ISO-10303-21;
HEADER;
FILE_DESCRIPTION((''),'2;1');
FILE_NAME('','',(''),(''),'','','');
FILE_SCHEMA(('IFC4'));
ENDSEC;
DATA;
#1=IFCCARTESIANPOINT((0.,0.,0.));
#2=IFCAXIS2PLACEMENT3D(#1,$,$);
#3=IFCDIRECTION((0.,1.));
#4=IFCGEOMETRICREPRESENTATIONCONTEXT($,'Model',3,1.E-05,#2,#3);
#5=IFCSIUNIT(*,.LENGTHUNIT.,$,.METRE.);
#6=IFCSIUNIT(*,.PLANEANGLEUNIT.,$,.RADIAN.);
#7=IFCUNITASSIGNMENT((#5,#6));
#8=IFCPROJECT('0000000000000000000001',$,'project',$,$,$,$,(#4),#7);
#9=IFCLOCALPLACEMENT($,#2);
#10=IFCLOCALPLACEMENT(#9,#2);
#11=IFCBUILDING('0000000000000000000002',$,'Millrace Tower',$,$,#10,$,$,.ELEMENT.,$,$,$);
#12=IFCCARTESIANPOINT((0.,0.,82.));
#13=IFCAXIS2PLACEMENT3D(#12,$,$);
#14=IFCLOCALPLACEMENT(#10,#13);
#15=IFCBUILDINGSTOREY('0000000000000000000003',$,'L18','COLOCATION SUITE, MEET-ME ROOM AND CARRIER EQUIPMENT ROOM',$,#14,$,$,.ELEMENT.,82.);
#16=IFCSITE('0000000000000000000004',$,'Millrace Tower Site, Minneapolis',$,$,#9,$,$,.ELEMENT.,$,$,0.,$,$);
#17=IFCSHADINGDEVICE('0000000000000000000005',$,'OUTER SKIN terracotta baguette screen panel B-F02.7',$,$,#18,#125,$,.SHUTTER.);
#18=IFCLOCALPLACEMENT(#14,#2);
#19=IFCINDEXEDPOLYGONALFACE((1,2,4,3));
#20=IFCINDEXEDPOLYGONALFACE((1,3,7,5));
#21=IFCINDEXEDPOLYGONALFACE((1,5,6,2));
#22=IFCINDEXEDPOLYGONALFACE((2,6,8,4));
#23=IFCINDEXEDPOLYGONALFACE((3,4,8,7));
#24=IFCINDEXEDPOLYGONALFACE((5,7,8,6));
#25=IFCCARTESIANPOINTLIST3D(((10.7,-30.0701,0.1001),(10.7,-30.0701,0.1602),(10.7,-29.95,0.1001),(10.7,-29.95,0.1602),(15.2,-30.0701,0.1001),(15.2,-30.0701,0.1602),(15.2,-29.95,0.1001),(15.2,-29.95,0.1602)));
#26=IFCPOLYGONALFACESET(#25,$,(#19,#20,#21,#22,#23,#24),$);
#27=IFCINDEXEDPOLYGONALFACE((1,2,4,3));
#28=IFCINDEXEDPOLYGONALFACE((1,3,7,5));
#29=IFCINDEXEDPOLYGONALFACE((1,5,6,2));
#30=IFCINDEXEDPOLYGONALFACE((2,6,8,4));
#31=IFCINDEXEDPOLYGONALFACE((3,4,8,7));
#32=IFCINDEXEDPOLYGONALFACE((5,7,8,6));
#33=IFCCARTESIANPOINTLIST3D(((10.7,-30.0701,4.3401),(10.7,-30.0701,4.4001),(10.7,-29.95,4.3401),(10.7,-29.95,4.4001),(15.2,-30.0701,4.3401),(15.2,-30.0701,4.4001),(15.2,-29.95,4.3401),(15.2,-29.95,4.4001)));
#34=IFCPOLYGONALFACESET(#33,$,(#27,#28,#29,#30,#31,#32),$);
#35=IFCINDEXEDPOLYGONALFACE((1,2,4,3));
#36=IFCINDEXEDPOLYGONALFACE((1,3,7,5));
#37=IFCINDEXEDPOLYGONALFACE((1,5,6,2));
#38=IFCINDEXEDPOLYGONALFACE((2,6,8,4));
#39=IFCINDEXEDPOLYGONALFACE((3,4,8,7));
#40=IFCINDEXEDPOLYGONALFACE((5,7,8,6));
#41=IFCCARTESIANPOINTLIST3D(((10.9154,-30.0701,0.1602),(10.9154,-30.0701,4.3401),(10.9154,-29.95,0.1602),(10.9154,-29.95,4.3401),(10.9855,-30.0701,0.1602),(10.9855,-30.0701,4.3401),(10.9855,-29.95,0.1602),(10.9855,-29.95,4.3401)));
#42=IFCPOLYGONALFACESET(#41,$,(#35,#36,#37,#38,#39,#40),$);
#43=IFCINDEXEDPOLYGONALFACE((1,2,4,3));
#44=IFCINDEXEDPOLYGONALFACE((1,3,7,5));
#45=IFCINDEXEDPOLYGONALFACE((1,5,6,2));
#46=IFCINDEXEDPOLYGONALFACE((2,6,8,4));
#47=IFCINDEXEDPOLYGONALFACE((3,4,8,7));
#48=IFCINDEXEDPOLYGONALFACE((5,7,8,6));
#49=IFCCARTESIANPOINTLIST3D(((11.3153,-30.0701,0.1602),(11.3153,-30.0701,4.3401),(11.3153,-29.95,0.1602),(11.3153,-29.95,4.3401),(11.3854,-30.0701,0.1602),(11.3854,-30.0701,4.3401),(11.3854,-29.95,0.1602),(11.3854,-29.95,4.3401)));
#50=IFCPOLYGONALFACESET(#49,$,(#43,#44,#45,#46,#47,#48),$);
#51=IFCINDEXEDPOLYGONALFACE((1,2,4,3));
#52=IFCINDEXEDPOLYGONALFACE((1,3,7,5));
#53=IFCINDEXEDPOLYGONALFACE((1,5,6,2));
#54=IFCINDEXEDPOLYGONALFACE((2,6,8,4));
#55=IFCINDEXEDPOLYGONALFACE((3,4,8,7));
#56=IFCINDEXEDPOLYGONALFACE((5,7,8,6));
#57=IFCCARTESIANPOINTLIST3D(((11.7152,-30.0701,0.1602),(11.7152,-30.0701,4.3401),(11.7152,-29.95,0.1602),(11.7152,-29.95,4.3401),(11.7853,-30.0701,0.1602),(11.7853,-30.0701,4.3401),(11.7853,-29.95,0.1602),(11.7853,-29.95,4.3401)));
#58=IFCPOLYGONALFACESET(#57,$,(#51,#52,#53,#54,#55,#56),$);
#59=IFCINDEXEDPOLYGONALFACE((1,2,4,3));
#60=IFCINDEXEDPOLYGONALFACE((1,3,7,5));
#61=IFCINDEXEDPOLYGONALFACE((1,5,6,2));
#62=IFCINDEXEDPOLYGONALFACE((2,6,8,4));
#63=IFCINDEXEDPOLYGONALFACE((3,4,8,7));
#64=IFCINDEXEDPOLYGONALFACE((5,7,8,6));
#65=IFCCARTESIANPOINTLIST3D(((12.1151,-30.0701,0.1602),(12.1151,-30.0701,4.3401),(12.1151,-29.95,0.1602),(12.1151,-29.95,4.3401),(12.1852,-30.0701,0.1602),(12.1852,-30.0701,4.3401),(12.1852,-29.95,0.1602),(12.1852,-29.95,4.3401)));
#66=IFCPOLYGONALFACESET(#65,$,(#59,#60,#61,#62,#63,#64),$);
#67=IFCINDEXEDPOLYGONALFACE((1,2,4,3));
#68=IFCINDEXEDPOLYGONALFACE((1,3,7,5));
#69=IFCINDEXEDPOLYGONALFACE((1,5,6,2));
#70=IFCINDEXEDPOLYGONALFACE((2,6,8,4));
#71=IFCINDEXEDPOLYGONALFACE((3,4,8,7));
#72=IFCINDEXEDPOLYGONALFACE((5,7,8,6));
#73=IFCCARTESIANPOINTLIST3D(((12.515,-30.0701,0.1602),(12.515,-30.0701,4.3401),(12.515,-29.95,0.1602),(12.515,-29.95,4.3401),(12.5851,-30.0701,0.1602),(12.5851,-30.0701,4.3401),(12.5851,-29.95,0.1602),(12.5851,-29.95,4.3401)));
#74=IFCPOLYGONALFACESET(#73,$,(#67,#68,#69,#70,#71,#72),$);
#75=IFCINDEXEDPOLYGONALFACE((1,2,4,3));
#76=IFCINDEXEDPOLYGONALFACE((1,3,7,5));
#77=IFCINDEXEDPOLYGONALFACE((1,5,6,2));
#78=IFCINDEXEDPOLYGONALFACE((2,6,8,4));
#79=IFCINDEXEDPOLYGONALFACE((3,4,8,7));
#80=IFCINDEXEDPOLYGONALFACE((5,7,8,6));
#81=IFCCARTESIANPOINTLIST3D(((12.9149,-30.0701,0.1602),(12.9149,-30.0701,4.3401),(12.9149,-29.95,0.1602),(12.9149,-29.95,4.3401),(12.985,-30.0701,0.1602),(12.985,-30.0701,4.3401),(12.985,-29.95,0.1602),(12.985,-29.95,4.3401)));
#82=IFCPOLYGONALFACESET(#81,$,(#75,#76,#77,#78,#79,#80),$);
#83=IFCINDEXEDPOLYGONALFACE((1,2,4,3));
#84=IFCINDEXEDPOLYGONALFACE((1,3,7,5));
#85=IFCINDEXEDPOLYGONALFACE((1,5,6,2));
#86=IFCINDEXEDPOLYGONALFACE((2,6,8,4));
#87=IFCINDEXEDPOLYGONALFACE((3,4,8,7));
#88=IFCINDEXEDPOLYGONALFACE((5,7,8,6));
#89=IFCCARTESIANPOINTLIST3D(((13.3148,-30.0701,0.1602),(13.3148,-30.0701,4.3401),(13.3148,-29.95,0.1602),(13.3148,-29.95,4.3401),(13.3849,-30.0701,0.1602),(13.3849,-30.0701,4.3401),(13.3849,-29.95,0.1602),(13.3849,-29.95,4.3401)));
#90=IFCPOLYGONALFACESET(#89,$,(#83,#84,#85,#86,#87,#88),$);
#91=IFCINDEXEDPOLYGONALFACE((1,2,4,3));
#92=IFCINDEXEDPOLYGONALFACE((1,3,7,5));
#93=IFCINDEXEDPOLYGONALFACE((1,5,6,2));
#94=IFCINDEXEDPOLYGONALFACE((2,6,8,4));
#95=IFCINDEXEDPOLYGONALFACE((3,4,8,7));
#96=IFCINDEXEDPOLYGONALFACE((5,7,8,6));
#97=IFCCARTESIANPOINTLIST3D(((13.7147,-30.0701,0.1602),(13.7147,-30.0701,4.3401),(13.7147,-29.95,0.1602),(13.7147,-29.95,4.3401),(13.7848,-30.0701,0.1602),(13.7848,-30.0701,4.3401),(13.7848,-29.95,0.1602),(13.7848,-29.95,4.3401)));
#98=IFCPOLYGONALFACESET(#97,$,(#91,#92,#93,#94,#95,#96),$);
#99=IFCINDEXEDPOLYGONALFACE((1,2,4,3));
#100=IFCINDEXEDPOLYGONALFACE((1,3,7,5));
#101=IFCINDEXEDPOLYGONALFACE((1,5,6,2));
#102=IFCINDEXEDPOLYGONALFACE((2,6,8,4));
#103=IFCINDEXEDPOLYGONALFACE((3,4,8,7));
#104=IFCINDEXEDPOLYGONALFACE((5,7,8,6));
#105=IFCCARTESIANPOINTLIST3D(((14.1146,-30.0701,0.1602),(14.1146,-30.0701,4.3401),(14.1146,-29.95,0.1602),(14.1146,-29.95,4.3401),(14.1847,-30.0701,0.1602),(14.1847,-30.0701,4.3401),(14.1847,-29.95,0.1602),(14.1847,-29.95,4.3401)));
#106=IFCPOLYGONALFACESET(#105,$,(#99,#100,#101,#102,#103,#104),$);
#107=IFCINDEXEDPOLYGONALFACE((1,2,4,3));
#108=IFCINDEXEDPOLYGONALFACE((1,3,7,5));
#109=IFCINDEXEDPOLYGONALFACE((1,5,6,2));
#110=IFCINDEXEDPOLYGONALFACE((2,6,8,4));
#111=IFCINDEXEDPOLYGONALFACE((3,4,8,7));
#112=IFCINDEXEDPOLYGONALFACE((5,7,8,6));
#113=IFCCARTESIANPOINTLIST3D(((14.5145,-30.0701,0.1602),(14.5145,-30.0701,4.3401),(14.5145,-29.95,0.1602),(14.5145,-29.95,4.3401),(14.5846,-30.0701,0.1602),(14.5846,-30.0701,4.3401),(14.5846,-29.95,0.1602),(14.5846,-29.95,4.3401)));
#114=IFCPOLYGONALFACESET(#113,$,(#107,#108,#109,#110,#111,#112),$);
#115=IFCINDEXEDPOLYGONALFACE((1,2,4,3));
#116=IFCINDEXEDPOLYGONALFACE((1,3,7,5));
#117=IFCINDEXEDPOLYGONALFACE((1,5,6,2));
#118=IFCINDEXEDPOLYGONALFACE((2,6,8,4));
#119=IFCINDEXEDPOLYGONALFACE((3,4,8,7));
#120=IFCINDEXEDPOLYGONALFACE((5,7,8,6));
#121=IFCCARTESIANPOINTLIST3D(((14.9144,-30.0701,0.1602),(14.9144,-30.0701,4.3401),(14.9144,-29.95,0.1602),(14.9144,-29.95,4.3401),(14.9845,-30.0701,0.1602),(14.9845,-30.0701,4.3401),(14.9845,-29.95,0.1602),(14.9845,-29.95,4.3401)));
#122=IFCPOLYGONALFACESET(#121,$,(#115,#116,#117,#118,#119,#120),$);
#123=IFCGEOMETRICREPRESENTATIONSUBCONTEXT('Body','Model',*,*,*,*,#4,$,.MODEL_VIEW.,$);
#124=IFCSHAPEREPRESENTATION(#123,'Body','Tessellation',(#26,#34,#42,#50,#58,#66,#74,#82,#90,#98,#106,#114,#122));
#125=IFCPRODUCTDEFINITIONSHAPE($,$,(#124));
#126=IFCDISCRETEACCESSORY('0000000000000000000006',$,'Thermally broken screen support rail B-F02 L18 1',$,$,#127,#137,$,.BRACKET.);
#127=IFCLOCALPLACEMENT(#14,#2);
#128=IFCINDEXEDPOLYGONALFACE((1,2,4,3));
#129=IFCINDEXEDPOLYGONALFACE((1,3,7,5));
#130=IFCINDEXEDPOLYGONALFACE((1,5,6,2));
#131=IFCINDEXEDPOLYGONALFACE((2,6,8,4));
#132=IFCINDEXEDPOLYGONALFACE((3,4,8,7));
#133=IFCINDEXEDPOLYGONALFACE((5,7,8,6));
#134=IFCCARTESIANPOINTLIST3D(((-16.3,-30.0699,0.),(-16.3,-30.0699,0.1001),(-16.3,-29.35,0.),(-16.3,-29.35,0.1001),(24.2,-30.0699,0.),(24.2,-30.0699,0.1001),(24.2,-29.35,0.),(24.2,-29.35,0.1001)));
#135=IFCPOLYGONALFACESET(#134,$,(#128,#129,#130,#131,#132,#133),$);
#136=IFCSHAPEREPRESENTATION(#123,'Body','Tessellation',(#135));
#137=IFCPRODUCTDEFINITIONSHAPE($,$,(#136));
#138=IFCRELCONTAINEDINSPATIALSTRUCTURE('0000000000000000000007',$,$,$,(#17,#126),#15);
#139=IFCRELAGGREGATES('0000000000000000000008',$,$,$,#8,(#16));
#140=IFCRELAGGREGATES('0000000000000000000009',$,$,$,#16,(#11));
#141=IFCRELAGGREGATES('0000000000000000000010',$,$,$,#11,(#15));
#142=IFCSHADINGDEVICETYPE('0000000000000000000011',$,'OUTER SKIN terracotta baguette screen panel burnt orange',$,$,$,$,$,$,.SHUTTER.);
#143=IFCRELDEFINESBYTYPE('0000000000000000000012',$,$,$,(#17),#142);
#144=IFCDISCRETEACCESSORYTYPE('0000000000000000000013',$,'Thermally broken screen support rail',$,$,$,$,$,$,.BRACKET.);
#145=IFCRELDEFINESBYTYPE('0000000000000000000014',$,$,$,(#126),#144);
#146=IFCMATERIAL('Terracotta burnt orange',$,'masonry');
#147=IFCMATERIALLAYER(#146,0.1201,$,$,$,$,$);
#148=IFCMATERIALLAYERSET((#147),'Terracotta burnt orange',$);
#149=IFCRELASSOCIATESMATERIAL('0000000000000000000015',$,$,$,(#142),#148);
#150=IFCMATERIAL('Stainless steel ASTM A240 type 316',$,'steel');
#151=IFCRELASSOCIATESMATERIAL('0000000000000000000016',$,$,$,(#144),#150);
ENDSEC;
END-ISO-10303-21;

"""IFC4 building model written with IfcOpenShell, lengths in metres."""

from ifc_helpers import new_model, entity, si_unit, direction, frame, frame_2d, origin, origin_2d, place, context, subcontext, project, spatial, rectangle, extrude, source, transform, mapped, material, layer, layer_set, type_object, element, save


model = new_model("IFC4")

# Units and contexts
model_context = context("Model", 3, precision=1e-05, world=origin(), true_north=direction((0.0, 1.0)))
body_context = subcontext(model_context, "Body", "Model", "MODEL_VIEW")
ifc_project = project(units=[si_unit("LENGTHUNIT", "METRE"), si_unit("PLANEANGLEUNIT", "RADIAN")], contexts=[model_context])

# Site, building, storey
site_placement = place(None, origin())
site = spatial("IfcSite", under=ifc_project, at=site_placement, Name="Millrace Tower Site, Minneapolis", CompositionType="ELEMENT", RefElevation=0.0)
building_placement = place(site_placement, origin())
building = spatial("IfcBuilding", under=site, at=building_placement, Name="Millrace Tower", CompositionType="ELEMENT")
storey_placement = place(building_placement, frame((0.0, 0.0, 82.0)))
storey = spatial("IfcBuildingStorey", under=building, at=storey_placement, Name="L18", Description="COLOCATION SUITE, MEET-ME ROOM AND CARRIER EQUIPMENT ROOM", CompositionType="ELEMENT", Elevation=82.0)

# Shading device
ifc_material_1 = material(Name="Terracotta burnt orange", Category="masonry")
ifc_layer_1 = layer(ifc_material_1, 0.1201)
ifc_layer_set_1 = layer_set([ifc_layer_1], Name="Terracotta burnt orange")
shading_device_type = type_object("IfcShadingDeviceType", Name="OUTER SKIN terracotta baguette screen panel burnt orange", PredefinedType="SHUTTER", material=ifc_layer_set_1)
cartesian_point = entity("IfcCartesianPoint", [-2.25, 0.0601])
shared_polyline = entity("IfcPolyline", [cartesian_point, entity("IfcCartesianPoint", [2.25, 0.0601]), entity("IfcCartesianPoint", [2.25, -0.0601]), entity("IfcCartesianPoint", [-2.25, -0.0601]), cartesian_point])
shared_shape = source(origin(), body_context, "Body", "SweptSolid", [
    entity("IfcExtrudedAreaSolid", entity("IfcArbitraryClosedProfileDef", "AREA", None, shared_polyline), entity("IfcAxis2Placement3D", entity("IfcCartesianPoint", [0.0, 0.0, 0.0])), entity("IfcDirection", [0.0, 0.0, 1.0]), 0.0601),
    entity("IfcExtrudedAreaSolid", entity("IfcArbitraryClosedProfileDef", "AREA", None, shared_polyline), entity("IfcAxis2Placement3D", entity("IfcCartesianPoint", [0.0, 0.0, 4.24])), entity("IfcDirection", [0.0, 0.0, 1.0]), 0.0601),
    extrude(rectangle(XDim=0.0701, YDim=0.1201, at=frame_2d((-1.9995, 0.0))), frame((0.0, 0.0, 0.0601)), (0.0, 0.0, 1.0), 4.1799),
    extrude(rectangle(XDim=0.0701, YDim=0.1201, at=frame_2d((-1.5996, 0.0))), frame((0.0, 0.0, 0.0601)), (0.0, 0.0, 1.0), 4.1799),
    extrude(rectangle(XDim=0.0701, YDim=0.1201, at=frame_2d((-1.1997, 0.0))), frame((0.0, 0.0, 0.0601)), (0.0, 0.0, 1.0), 4.1799),
    extrude(rectangle(XDim=0.0701, YDim=0.1201, at=frame_2d((-0.7998, 0.0))), frame((0.0, 0.0, 0.0601)), (0.0, 0.0, 1.0), 4.1799),
    extrude(rectangle(XDim=0.0701, YDim=0.1201, at=frame_2d((-0.3999, 0.0))), frame((0.0, 0.0, 0.0601)), (0.0, 0.0, 1.0), 4.1799),
    extrude(rectangle(XDim=0.0701, YDim=0.1201, at=origin_2d()), frame((0.0, 0.0, 0.0601)), (0.0, 0.0, 1.0), 4.1799),
    extrude(rectangle(XDim=0.0701, YDim=0.1201, at=frame_2d((0.3999, 0.0))), frame((0.0, 0.0, 0.0601)), (0.0, 0.0, 1.0), 4.1799),
    extrude(rectangle(XDim=0.0701, YDim=0.1201, at=frame_2d((0.7998, 0.0))), frame((0.0, 0.0, 0.0601)), (0.0, 0.0, 1.0), 4.1799),
    extrude(rectangle(XDim=0.0701, YDim=0.1201, at=frame_2d((1.1997, 0.0))), frame((0.0, 0.0, 0.0601)), (0.0, 0.0, 1.0), 4.1799),
    extrude(rectangle(XDim=0.0701, YDim=0.1201, at=frame_2d((1.5996, 0.0))), frame((0.0, 0.0, 0.0601)), (0.0, 0.0, 1.0), 4.1799),
    extrude(rectangle(XDim=0.0701, YDim=0.1201, at=frame_2d((1.9995, 0.0))), frame((0.0, 0.0, 0.0601)), (0.0, 0.0, 1.0), 4.1799),
])
for number, where, z_axis, x_axis, name in (
    (1, (12.95, -30.01, 0.1001), (0.0, 0.0, 1.0), (1.0, 0.0, 0.0), "OUTER SKIN terracotta baguette screen panel B-F02.7"),
):
    element("IfcShadingDevice", number, at=place(storey_placement, frame(where, z_axis=z_axis, x_axis=x_axis)), inside=storey, type_object=shading_device_type, Name=name, PredefinedType="SHUTTER", context=body_context, shape_type="MappedRepresentation", body=[
        mapped(shared_shape, transform((0.0, 0.0, 0.0), scale=1.0)),
    ])

# Discrete accessory
ifc_material_2 = material(Name="Stainless steel ASTM A240 type 316", Category="steel")
discrete_accessory_type = type_object("IfcDiscreteAccessoryType", Name="Thermally broken screen support rail", PredefinedType="BRACKET", material=ifc_material_2)
discrete_accessory_placement = place(storey_placement, frame((3.95, -29.71, 0.0), z_axis=(0.0, 0.0, 1.0), x_axis=(1.0, 0.0, 0.0)))
element("IfcDiscreteAccessory", 2, at=discrete_accessory_placement, inside=storey, type_object=discrete_accessory_type, Name="Thermally broken screen support rail B-F02 L18 1", PredefinedType="BRACKET", context=body_context, shape_type="SweptSolid", body=[
    extrude(rectangle(XDim=40.5, YDim=0.72, at=origin_2d()), origin(), (0.0, 0.0, 1.0), 0.1001),
])

save(model, "model.ifc")
